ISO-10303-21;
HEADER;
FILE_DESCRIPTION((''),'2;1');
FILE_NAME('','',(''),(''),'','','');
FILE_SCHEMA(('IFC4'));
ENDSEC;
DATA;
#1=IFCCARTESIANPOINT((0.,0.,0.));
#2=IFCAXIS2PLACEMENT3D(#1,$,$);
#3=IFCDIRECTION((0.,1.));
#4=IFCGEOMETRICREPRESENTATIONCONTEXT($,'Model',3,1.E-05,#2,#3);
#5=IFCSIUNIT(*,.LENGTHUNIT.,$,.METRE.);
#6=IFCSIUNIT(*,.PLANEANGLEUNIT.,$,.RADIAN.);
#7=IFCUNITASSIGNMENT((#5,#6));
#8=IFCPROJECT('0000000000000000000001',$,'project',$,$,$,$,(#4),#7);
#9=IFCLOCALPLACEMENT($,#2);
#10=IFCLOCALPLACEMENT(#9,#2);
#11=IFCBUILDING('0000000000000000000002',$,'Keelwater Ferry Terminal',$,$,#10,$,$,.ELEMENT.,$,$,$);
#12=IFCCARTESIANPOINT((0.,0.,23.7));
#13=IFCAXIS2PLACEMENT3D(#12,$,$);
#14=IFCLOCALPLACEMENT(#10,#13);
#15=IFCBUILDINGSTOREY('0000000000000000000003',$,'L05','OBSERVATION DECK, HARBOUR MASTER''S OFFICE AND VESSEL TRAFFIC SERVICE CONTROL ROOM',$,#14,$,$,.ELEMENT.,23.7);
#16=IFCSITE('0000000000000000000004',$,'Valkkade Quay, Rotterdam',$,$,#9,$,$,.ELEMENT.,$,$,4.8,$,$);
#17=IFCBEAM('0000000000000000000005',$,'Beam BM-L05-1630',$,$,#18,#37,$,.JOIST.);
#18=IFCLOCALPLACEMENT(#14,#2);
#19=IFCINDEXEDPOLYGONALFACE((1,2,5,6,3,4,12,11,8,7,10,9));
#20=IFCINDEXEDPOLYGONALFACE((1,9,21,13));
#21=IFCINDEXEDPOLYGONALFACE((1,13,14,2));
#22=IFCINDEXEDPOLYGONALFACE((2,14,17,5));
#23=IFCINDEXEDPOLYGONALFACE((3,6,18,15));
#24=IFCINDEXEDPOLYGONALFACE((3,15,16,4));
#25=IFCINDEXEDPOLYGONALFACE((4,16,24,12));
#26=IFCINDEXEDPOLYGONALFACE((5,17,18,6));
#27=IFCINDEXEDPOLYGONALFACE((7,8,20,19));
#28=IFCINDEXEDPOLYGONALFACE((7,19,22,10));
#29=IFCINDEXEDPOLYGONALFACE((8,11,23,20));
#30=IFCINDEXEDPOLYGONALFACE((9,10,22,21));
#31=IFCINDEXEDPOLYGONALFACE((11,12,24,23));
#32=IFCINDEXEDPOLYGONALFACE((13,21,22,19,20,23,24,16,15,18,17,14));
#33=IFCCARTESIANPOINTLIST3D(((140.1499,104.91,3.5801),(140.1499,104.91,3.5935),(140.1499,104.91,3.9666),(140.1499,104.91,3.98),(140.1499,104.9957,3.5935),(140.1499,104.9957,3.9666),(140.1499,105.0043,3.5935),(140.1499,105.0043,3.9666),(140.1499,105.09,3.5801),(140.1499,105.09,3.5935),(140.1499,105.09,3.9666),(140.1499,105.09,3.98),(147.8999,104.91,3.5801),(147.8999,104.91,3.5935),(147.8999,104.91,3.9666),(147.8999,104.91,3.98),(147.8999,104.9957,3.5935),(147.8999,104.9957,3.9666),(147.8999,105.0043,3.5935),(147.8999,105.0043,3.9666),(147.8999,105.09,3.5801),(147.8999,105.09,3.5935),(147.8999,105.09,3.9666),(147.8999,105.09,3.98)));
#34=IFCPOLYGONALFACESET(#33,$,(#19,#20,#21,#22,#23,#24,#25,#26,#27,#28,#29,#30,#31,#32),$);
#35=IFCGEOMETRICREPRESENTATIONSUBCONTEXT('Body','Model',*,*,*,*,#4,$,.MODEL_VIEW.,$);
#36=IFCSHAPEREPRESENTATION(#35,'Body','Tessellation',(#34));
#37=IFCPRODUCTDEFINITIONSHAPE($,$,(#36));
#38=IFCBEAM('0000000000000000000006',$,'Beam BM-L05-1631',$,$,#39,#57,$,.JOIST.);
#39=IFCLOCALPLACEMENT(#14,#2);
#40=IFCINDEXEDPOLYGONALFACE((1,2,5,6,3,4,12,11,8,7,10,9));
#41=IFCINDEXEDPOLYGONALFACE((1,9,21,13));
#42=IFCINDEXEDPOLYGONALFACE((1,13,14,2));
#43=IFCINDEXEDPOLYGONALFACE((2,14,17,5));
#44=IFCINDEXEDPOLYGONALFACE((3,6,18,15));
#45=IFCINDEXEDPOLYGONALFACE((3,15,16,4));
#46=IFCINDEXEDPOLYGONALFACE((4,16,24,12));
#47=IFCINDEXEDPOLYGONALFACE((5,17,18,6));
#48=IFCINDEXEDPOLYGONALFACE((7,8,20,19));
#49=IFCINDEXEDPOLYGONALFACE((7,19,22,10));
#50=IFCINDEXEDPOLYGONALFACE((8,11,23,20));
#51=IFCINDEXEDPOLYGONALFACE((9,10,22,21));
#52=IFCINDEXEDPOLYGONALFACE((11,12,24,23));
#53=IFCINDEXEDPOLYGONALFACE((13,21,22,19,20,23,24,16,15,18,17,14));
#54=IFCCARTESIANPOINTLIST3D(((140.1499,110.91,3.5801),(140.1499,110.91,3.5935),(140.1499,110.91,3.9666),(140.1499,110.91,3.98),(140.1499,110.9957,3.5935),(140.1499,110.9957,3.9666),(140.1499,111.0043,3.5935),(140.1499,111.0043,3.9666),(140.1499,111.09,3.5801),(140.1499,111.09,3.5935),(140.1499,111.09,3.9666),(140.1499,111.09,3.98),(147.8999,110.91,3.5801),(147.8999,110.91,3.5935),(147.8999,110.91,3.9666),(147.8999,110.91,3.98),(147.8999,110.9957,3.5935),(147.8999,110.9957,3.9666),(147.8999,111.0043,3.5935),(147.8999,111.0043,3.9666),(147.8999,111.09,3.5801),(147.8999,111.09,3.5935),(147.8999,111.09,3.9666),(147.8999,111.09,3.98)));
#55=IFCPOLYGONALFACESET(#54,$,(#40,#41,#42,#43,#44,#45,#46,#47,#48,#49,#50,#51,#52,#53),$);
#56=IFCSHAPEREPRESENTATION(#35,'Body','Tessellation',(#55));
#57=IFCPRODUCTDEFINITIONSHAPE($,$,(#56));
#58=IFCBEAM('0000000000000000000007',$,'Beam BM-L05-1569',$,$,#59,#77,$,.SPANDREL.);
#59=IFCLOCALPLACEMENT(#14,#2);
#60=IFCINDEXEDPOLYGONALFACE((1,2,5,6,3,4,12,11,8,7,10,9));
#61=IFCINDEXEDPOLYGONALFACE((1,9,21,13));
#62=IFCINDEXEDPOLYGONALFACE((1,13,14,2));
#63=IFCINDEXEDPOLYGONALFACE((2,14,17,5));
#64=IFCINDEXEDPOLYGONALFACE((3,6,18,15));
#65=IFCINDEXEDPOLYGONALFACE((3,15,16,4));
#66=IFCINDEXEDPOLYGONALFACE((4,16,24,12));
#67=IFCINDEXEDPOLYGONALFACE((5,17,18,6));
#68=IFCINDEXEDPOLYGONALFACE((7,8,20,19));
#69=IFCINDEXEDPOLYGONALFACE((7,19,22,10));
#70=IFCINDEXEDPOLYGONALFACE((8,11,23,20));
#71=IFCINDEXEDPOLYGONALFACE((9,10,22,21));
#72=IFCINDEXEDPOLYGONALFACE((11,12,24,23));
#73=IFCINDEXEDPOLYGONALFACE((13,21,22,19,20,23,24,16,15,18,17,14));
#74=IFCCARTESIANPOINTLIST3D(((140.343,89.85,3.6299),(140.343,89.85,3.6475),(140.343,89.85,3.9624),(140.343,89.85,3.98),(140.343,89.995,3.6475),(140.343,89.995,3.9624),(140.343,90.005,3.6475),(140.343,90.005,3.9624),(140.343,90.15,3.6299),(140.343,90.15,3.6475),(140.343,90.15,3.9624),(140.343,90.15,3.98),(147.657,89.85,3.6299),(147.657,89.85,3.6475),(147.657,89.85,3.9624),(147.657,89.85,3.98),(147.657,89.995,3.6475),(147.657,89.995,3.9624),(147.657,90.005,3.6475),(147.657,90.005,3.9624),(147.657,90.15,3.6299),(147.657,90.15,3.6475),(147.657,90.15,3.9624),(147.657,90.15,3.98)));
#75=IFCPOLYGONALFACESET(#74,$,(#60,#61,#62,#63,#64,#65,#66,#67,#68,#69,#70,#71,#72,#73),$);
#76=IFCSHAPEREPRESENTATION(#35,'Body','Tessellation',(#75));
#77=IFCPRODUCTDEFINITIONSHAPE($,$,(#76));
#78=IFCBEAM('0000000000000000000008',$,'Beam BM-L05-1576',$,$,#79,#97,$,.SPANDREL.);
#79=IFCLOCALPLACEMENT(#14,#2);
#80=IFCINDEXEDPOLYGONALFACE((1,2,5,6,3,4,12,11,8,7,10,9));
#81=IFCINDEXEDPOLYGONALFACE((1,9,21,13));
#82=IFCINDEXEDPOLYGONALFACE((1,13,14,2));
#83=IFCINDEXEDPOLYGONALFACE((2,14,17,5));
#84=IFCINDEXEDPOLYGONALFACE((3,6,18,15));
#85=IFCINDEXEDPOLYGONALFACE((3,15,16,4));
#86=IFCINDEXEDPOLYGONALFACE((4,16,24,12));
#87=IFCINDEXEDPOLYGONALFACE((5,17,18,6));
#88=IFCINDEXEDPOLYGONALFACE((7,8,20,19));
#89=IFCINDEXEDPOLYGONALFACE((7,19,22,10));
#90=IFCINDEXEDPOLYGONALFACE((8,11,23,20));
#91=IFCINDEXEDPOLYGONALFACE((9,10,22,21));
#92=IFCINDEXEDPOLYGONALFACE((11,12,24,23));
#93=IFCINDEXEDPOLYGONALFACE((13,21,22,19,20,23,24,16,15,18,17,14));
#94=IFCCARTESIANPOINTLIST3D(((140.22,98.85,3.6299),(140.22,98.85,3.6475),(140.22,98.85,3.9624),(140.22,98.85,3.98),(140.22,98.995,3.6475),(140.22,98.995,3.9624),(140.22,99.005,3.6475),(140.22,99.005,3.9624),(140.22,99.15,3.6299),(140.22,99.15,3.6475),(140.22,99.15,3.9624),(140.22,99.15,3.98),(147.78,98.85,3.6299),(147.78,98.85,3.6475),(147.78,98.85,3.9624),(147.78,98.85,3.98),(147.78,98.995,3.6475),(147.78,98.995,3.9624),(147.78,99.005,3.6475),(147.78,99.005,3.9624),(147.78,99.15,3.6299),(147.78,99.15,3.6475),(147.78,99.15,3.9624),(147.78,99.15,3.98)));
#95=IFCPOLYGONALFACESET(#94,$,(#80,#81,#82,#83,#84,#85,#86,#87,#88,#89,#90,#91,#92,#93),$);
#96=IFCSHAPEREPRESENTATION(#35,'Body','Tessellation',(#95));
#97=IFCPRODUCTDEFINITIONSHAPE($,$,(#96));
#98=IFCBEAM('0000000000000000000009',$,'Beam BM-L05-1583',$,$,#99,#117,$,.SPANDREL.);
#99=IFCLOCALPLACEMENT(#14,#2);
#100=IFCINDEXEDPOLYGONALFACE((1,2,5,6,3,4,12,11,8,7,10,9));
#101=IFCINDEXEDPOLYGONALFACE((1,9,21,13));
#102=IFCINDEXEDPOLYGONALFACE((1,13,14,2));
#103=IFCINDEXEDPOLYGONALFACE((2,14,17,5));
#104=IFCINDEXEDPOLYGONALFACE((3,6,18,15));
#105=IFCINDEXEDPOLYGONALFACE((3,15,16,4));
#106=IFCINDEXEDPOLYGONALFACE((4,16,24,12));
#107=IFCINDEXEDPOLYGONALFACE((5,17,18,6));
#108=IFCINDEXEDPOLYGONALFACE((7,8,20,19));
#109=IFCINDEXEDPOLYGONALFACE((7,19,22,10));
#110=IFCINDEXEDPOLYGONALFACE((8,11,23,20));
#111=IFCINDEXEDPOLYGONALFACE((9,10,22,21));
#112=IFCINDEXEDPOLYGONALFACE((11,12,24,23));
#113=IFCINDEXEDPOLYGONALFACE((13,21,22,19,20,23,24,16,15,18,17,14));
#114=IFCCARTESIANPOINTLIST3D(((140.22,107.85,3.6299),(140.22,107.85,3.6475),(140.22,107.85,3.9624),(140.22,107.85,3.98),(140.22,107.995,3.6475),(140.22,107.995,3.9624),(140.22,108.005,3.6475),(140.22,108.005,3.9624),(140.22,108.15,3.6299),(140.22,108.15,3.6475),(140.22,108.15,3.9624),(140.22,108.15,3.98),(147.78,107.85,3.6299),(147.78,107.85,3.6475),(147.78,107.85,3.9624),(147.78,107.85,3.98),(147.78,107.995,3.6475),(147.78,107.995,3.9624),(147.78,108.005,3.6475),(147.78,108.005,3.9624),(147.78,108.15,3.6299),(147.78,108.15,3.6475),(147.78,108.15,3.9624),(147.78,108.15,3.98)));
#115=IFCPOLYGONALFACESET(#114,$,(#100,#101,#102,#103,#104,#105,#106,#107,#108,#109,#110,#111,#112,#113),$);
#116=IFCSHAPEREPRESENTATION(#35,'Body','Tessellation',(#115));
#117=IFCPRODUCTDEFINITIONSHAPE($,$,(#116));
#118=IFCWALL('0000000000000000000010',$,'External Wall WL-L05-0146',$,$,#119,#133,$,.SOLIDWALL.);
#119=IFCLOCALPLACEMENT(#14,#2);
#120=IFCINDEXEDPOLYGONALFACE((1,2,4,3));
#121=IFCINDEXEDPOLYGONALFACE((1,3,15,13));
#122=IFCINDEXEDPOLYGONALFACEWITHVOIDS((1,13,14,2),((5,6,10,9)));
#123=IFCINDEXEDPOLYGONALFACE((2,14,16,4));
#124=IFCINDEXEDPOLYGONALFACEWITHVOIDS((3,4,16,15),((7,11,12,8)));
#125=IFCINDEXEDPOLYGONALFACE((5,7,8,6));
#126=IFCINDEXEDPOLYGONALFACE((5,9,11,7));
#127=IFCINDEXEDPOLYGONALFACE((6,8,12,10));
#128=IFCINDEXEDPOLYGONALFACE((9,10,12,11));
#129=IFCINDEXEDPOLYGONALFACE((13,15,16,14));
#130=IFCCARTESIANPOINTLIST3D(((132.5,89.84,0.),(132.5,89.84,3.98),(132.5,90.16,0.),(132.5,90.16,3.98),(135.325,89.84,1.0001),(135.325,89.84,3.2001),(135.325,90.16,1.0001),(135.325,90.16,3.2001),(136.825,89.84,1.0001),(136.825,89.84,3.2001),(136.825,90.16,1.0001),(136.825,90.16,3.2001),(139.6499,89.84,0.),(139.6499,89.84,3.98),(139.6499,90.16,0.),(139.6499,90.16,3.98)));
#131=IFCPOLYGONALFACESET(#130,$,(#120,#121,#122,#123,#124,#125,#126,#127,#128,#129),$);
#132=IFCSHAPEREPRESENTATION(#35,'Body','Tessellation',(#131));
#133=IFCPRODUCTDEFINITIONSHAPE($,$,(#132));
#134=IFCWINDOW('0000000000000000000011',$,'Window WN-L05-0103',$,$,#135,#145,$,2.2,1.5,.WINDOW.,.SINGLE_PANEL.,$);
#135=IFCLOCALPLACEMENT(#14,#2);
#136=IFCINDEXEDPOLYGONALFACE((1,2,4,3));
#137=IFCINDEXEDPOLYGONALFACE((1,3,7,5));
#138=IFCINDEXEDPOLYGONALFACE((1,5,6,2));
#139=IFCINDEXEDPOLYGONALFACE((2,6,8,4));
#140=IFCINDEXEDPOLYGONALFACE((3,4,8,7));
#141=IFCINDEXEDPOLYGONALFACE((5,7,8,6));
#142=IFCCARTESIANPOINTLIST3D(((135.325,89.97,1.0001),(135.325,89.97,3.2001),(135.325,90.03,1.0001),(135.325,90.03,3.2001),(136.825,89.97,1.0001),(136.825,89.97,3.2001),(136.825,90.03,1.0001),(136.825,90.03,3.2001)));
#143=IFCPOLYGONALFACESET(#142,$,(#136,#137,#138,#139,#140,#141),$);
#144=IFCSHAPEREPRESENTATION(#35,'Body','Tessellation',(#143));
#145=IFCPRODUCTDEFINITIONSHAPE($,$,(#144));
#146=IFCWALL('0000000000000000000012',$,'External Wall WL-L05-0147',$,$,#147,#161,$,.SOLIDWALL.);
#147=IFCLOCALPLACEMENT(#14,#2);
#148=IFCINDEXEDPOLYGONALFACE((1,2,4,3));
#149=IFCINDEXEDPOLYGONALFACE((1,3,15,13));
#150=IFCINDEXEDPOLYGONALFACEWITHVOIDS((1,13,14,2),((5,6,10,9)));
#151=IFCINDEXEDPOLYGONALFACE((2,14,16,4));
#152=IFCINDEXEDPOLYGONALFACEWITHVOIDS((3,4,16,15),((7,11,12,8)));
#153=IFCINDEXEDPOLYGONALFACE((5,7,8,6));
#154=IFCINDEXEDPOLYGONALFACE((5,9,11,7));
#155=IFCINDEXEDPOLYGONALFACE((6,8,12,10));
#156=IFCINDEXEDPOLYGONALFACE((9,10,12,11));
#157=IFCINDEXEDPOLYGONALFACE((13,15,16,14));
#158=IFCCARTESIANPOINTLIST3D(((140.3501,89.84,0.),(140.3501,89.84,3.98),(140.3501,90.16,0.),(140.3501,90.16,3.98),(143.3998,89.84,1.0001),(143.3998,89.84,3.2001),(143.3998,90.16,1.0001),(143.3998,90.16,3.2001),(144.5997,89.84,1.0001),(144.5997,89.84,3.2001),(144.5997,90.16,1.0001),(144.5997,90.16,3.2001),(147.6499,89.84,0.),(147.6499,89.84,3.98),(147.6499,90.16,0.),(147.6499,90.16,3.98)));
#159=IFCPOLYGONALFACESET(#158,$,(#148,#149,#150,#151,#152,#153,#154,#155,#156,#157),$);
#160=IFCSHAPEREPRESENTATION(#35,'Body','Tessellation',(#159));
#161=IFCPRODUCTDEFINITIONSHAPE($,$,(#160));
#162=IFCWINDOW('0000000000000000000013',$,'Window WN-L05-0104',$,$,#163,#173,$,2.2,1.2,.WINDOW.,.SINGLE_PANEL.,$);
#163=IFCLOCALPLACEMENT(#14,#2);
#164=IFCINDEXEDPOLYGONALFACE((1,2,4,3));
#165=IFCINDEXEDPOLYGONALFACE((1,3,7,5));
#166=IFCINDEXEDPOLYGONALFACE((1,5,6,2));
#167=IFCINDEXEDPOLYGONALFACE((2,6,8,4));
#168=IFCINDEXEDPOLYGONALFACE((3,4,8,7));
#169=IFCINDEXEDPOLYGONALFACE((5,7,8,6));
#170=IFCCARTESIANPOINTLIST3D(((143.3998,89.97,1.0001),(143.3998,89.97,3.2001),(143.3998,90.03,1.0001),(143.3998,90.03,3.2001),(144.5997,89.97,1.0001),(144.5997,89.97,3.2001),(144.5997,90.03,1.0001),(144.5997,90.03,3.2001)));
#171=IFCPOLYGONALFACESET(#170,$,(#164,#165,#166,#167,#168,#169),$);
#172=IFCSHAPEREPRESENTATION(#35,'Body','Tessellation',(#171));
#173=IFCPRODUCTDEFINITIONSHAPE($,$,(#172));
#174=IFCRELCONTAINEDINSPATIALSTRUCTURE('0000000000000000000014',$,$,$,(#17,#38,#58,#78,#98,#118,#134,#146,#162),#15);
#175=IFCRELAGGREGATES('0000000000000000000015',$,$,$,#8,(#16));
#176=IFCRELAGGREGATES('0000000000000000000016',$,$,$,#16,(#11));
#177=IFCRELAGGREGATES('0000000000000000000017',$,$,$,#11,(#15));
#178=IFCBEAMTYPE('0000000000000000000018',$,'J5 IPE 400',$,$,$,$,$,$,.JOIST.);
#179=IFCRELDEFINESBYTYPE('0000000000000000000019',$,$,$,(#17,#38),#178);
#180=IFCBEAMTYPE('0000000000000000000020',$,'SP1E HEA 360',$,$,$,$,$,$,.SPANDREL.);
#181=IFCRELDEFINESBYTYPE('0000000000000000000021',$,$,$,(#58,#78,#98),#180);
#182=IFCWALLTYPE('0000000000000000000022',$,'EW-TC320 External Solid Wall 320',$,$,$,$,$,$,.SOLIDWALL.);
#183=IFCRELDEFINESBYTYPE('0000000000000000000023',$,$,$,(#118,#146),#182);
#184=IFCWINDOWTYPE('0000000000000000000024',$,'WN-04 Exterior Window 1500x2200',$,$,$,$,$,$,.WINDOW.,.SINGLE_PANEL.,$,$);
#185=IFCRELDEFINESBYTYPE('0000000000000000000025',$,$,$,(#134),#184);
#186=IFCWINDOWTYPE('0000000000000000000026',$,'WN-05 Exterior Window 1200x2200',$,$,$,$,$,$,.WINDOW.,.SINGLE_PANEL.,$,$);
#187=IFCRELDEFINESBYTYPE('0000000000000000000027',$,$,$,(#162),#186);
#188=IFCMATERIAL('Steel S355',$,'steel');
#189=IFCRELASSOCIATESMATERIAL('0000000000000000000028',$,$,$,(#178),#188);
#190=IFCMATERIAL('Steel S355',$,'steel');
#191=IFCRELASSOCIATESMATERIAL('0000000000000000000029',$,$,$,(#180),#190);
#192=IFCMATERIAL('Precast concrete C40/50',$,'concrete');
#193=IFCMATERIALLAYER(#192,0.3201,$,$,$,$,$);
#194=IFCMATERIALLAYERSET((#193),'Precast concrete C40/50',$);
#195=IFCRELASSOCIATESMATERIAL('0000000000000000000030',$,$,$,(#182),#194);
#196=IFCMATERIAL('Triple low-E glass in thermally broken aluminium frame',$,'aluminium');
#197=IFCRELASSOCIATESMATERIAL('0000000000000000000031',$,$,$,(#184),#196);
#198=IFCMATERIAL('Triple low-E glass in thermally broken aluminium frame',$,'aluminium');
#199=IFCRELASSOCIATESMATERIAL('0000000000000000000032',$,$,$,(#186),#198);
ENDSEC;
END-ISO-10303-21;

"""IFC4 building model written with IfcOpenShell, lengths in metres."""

from ifc_helpers import new_model, si_unit, direction, frame, frame_2d, origin, origin_2d, place, context, subcontext, project, spatial, rectangle, i_section, extrude, material, layer, layer_set, material_profile, profile_set, type_object, element, fill, save


model = new_model("IFC4")

# Units and contexts
model_context = context("Model", 3, precision=1e-05, world=origin(), true_north=direction((0.0, 1.0)))
body_context = subcontext(model_context, "Body", "Model", "MODEL_VIEW")
ifc_project = project(units=[si_unit("LENGTHUNIT", "METRE"), si_unit("PLANEANGLEUNIT", "RADIAN")], contexts=[model_context])

# Site, building, storey
site_placement = place(None, origin())
site = spatial("IfcSite", under=ifc_project, at=site_placement, Name="Valkkade Quay, Rotterdam", CompositionType="ELEMENT", RefElevation=4.8)
building_placement = place(site_placement, origin())
building = spatial("IfcBuilding", under=site, at=building_placement, Name="Keelwater Ferry Terminal", CompositionType="ELEMENT")
storey_placement = place(building_placement, frame((0.0, 0.0, 23.7)))
storey = spatial("IfcBuildingStorey", under=building, at=storey_placement, Name="L05", Description="OBSERVATION DECK, HARBOUR MASTER'S OFFICE AND VESSEL TRAFFIC SERVICE CONTROL ROOM", CompositionType="ELEMENT", Elevation=23.7)

# Beams
ifc_material_1 = material(Name="Steel S355", Category="steel")
ifc_material_profile_1 = material_profile(ifc_material_1, i_section(OverallWidth=0.1799, OverallDepth=0.3999, WebThickness=0.0085, FlangeThickness=0.0134, at=origin_2d()), Name="IPE 400")
ifc_profile_set_1 = profile_set([ifc_material_profile_1], Name="Steel S355")
beam_type_1 = type_object("IfcBeamType", Name="J5 IPE 400", PredefinedType="JOIST", material=ifc_profile_set_1)
for number, where, z_axis, x_axis, name in (
    (1, (140.1499, 105.0, 3.78), (1.0, 0.0, 0.0), (0.0, 1.0, 0.0), "Beam BM-L05-1630"),
    (2, (140.1499, 111.0, 3.78), (1.0, 0.0, 0.0), (0.0, 1.0, 0.0), "Beam BM-L05-1631"),
):
    element("IfcBeam", number, at=place(storey_placement, frame(where, z_axis=z_axis, x_axis=x_axis)), inside=storey, type_object=beam_type_1, Name=name, PredefinedType="JOIST", context=body_context, shape_type="SweptSolid", body=[
        extrude(i_section(OverallWidth=0.1799, OverallDepth=0.3999, WebThickness=0.0085, FlangeThickness=0.0134, at=origin_2d()), origin(), (0.0, 0.0, 1.0), 7.75),
    ])
ifc_material_2 = material(Name="Steel S355", Category="steel")
ifc_material_profile_2 = material_profile(ifc_material_2, i_section(OverallWidth=0.3, OverallDepth=0.3501, WebThickness=0.01, FlangeThickness=0.0176, at=origin_2d()), Name="HEA 360")
ifc_profile_set_2 = profile_set([ifc_material_profile_2], Name="Steel S355")
beam_type_2 = type_object("IfcBeamType", Name="SP1E HEA 360", PredefinedType="SPANDREL", material=ifc_profile_set_2)
beam_placement = place(storey_placement, frame((140.343, 90.0, 3.8049), z_axis=(1.0, 0.0, 0.0), x_axis=(0.0, 1.0, 0.0)))
element("IfcBeam", 3, at=beam_placement, inside=storey, type_object=beam_type_2, Name="Beam BM-L05-1569", PredefinedType="SPANDREL", context=body_context, shape_type="SweptSolid", body=[
    extrude(i_section(OverallWidth=0.3, OverallDepth=0.3501, WebThickness=0.01, FlangeThickness=0.0176, at=origin_2d()), origin(), (0.0, 0.0, 1.0), 7.314),
])
for number, where, z_axis, x_axis, name in (
    (4, (140.22, 99.0, 3.8049), (1.0, 0.0, 0.0), (0.0, 1.0, 0.0), "Beam BM-L05-1576"),
    (5, (140.22, 108.0, 3.8049), (1.0, 0.0, 0.0), (0.0, 1.0, 0.0), "Beam BM-L05-1583"),
):
    element("IfcBeam", number, at=place(storey_placement, frame(where, z_axis=z_axis, x_axis=x_axis)), inside=storey, type_object=beam_type_2, Name=name, PredefinedType="SPANDREL", context=body_context, shape_type="SweptSolid", body=[
        extrude(i_section(OverallWidth=0.3, OverallDepth=0.3501, WebThickness=0.01, FlangeThickness=0.0176, at=origin_2d()), origin(), (0.0, 0.0, 1.0), 7.5601),
    ])

# Walls, openings, windows
ifc_material_3 = material(Name="Precast concrete C40/50", Category="concrete")
ifc_layer_1 = layer(ifc_material_3, 0.3201)
ifc_layer_set_1 = layer_set([ifc_layer_1], Name="Precast concrete C40/50")
wall_type_1 = type_object("IfcWallType", Name="EW-TC320 External Solid Wall 320", PredefinedType="SOLIDWALL", material=ifc_layer_set_1)
wall_1_placement = place(storey_placement, frame((139.6499, 90.0, 0.0), z_axis=(0.0, 0.0, 1.0), x_axis=(-1.0, 0.0, 0.0)))
wall_1 = element("IfcWall", 6, at=wall_1_placement, inside=storey, type_object=wall_type_1, Name="External Wall WL-L05-0146", PredefinedType="SOLIDWALL", context=body_context, shape_type="SweptSolid", body=[
    extrude(rectangle(XDim=7.1499, YDim=0.3201, at=frame_2d((3.575, 0.0))), origin(), (0.0, 0.0, 1.0), 3.98),
])
opening_1_placement = place(wall_1_placement, frame((2.825, 0.0, 1.0)))
opening_1 = element("IfcOpeningElement", 7, at=opening_1_placement, cuts=wall_1, PredefinedType="OPENING", context=body_context, shape_type="SweptSolid", body=[
    extrude(rectangle(XDim=1.5, YDim=2.2, at=frame_2d((0.75, 1.1001))), frame((0.0, 0.1702, 0.0), z_axis=(0.0, -1.0, 0.0), x_axis=(1.0, 0.0, 0.0)), (0.0, 0.0, 1.0), 0.3401),
])
ifc_material_4 = material(Name="Triple low-E glass in thermally broken aluminium frame", Category="aluminium")
window_type_1 = type_object("IfcWindowType", Name="WN-04 Exterior Window 1500x2200", PartitioningType="SINGLE_PANEL", PredefinedType="WINDOW", material=ifc_material_4)
window_1_placement = place(opening_1_placement, origin())
window_1 = element("IfcWindow", 8, at=window_1_placement, inside=storey, type_object=window_type_1, Name="Window WN-L05-0103", OverallHeight=2.2, OverallWidth=1.5, PartitioningType="SINGLE_PANEL", PredefinedType="WINDOW", context=body_context, shape_type="SweptSolid", body=[
    extrude(rectangle(XDim=1.5, YDim=2.2, at=frame_2d((0.75, 1.1001))), frame((0.0, 0.03, 0.0), z_axis=(0.0, -1.0, 0.0), x_axis=(1.0, 0.0, 0.0)), (0.0, 0.0, 1.0), 0.0601),
])
fill(opening_1, window_1)
wall_2_placement = place(storey_placement, frame((147.6499, 90.0, 0.0), z_axis=(0.0, 0.0, 1.0), x_axis=(-1.0, 0.0, 0.0)))
wall_2 = element("IfcWall", 9, at=wall_2_placement, inside=storey, type_object=wall_type_1, Name="External Wall WL-L05-0147", PredefinedType="SOLIDWALL", context=body_context, shape_type="SweptSolid", body=[
    extrude(rectangle(XDim=7.2998, YDim=0.3201, at=frame_2d((3.6499, 0.0))), origin(), (0.0, 0.0, 1.0), 3.98),
])
opening_2_placement = place(wall_2_placement, frame((3.05, 0.0, 1.0)))
opening_2 = element("IfcOpeningElement", 10, at=opening_2_placement, cuts=wall_2, PredefinedType="OPENING", context=body_context, shape_type="SweptSolid", body=[
    extrude(rectangle(XDim=1.2, YDim=2.2, at=frame_2d((0.6001, 1.1001))), frame((0.0, 0.1702, 0.0), z_axis=(0.0, -1.0, 0.0), x_axis=(1.0, 0.0, 0.0)), (0.0, 0.0, 1.0), 0.3401),
])
ifc_material_5 = material(Name="Triple low-E glass in thermally broken aluminium frame", Category="aluminium")
window_type_2 = type_object("IfcWindowType", Name="WN-05 Exterior Window 1200x2200", PartitioningType="SINGLE_PANEL", PredefinedType="WINDOW", material=ifc_material_5)
window_2_placement = place(opening_2_placement, origin())
window_2 = element("IfcWindow", 11, at=window_2_placement, inside=storey, type_object=window_type_2, Name="Window WN-L05-0104", OverallHeight=2.2, OverallWidth=1.2, PartitioningType="SINGLE_PANEL", PredefinedType="WINDOW", context=body_context, shape_type="SweptSolid", body=[
    extrude(rectangle(XDim=1.2, YDim=2.2, at=frame_2d((0.6001, 1.1001))), frame((0.0, 0.03, 0.0), z_axis=(0.0, -1.0, 0.0), x_axis=(1.0, 0.0, 0.0)), (0.0, 0.0, 1.0), 0.0601),
])
fill(opening_2, window_2)

save(model, "model.ifc")
